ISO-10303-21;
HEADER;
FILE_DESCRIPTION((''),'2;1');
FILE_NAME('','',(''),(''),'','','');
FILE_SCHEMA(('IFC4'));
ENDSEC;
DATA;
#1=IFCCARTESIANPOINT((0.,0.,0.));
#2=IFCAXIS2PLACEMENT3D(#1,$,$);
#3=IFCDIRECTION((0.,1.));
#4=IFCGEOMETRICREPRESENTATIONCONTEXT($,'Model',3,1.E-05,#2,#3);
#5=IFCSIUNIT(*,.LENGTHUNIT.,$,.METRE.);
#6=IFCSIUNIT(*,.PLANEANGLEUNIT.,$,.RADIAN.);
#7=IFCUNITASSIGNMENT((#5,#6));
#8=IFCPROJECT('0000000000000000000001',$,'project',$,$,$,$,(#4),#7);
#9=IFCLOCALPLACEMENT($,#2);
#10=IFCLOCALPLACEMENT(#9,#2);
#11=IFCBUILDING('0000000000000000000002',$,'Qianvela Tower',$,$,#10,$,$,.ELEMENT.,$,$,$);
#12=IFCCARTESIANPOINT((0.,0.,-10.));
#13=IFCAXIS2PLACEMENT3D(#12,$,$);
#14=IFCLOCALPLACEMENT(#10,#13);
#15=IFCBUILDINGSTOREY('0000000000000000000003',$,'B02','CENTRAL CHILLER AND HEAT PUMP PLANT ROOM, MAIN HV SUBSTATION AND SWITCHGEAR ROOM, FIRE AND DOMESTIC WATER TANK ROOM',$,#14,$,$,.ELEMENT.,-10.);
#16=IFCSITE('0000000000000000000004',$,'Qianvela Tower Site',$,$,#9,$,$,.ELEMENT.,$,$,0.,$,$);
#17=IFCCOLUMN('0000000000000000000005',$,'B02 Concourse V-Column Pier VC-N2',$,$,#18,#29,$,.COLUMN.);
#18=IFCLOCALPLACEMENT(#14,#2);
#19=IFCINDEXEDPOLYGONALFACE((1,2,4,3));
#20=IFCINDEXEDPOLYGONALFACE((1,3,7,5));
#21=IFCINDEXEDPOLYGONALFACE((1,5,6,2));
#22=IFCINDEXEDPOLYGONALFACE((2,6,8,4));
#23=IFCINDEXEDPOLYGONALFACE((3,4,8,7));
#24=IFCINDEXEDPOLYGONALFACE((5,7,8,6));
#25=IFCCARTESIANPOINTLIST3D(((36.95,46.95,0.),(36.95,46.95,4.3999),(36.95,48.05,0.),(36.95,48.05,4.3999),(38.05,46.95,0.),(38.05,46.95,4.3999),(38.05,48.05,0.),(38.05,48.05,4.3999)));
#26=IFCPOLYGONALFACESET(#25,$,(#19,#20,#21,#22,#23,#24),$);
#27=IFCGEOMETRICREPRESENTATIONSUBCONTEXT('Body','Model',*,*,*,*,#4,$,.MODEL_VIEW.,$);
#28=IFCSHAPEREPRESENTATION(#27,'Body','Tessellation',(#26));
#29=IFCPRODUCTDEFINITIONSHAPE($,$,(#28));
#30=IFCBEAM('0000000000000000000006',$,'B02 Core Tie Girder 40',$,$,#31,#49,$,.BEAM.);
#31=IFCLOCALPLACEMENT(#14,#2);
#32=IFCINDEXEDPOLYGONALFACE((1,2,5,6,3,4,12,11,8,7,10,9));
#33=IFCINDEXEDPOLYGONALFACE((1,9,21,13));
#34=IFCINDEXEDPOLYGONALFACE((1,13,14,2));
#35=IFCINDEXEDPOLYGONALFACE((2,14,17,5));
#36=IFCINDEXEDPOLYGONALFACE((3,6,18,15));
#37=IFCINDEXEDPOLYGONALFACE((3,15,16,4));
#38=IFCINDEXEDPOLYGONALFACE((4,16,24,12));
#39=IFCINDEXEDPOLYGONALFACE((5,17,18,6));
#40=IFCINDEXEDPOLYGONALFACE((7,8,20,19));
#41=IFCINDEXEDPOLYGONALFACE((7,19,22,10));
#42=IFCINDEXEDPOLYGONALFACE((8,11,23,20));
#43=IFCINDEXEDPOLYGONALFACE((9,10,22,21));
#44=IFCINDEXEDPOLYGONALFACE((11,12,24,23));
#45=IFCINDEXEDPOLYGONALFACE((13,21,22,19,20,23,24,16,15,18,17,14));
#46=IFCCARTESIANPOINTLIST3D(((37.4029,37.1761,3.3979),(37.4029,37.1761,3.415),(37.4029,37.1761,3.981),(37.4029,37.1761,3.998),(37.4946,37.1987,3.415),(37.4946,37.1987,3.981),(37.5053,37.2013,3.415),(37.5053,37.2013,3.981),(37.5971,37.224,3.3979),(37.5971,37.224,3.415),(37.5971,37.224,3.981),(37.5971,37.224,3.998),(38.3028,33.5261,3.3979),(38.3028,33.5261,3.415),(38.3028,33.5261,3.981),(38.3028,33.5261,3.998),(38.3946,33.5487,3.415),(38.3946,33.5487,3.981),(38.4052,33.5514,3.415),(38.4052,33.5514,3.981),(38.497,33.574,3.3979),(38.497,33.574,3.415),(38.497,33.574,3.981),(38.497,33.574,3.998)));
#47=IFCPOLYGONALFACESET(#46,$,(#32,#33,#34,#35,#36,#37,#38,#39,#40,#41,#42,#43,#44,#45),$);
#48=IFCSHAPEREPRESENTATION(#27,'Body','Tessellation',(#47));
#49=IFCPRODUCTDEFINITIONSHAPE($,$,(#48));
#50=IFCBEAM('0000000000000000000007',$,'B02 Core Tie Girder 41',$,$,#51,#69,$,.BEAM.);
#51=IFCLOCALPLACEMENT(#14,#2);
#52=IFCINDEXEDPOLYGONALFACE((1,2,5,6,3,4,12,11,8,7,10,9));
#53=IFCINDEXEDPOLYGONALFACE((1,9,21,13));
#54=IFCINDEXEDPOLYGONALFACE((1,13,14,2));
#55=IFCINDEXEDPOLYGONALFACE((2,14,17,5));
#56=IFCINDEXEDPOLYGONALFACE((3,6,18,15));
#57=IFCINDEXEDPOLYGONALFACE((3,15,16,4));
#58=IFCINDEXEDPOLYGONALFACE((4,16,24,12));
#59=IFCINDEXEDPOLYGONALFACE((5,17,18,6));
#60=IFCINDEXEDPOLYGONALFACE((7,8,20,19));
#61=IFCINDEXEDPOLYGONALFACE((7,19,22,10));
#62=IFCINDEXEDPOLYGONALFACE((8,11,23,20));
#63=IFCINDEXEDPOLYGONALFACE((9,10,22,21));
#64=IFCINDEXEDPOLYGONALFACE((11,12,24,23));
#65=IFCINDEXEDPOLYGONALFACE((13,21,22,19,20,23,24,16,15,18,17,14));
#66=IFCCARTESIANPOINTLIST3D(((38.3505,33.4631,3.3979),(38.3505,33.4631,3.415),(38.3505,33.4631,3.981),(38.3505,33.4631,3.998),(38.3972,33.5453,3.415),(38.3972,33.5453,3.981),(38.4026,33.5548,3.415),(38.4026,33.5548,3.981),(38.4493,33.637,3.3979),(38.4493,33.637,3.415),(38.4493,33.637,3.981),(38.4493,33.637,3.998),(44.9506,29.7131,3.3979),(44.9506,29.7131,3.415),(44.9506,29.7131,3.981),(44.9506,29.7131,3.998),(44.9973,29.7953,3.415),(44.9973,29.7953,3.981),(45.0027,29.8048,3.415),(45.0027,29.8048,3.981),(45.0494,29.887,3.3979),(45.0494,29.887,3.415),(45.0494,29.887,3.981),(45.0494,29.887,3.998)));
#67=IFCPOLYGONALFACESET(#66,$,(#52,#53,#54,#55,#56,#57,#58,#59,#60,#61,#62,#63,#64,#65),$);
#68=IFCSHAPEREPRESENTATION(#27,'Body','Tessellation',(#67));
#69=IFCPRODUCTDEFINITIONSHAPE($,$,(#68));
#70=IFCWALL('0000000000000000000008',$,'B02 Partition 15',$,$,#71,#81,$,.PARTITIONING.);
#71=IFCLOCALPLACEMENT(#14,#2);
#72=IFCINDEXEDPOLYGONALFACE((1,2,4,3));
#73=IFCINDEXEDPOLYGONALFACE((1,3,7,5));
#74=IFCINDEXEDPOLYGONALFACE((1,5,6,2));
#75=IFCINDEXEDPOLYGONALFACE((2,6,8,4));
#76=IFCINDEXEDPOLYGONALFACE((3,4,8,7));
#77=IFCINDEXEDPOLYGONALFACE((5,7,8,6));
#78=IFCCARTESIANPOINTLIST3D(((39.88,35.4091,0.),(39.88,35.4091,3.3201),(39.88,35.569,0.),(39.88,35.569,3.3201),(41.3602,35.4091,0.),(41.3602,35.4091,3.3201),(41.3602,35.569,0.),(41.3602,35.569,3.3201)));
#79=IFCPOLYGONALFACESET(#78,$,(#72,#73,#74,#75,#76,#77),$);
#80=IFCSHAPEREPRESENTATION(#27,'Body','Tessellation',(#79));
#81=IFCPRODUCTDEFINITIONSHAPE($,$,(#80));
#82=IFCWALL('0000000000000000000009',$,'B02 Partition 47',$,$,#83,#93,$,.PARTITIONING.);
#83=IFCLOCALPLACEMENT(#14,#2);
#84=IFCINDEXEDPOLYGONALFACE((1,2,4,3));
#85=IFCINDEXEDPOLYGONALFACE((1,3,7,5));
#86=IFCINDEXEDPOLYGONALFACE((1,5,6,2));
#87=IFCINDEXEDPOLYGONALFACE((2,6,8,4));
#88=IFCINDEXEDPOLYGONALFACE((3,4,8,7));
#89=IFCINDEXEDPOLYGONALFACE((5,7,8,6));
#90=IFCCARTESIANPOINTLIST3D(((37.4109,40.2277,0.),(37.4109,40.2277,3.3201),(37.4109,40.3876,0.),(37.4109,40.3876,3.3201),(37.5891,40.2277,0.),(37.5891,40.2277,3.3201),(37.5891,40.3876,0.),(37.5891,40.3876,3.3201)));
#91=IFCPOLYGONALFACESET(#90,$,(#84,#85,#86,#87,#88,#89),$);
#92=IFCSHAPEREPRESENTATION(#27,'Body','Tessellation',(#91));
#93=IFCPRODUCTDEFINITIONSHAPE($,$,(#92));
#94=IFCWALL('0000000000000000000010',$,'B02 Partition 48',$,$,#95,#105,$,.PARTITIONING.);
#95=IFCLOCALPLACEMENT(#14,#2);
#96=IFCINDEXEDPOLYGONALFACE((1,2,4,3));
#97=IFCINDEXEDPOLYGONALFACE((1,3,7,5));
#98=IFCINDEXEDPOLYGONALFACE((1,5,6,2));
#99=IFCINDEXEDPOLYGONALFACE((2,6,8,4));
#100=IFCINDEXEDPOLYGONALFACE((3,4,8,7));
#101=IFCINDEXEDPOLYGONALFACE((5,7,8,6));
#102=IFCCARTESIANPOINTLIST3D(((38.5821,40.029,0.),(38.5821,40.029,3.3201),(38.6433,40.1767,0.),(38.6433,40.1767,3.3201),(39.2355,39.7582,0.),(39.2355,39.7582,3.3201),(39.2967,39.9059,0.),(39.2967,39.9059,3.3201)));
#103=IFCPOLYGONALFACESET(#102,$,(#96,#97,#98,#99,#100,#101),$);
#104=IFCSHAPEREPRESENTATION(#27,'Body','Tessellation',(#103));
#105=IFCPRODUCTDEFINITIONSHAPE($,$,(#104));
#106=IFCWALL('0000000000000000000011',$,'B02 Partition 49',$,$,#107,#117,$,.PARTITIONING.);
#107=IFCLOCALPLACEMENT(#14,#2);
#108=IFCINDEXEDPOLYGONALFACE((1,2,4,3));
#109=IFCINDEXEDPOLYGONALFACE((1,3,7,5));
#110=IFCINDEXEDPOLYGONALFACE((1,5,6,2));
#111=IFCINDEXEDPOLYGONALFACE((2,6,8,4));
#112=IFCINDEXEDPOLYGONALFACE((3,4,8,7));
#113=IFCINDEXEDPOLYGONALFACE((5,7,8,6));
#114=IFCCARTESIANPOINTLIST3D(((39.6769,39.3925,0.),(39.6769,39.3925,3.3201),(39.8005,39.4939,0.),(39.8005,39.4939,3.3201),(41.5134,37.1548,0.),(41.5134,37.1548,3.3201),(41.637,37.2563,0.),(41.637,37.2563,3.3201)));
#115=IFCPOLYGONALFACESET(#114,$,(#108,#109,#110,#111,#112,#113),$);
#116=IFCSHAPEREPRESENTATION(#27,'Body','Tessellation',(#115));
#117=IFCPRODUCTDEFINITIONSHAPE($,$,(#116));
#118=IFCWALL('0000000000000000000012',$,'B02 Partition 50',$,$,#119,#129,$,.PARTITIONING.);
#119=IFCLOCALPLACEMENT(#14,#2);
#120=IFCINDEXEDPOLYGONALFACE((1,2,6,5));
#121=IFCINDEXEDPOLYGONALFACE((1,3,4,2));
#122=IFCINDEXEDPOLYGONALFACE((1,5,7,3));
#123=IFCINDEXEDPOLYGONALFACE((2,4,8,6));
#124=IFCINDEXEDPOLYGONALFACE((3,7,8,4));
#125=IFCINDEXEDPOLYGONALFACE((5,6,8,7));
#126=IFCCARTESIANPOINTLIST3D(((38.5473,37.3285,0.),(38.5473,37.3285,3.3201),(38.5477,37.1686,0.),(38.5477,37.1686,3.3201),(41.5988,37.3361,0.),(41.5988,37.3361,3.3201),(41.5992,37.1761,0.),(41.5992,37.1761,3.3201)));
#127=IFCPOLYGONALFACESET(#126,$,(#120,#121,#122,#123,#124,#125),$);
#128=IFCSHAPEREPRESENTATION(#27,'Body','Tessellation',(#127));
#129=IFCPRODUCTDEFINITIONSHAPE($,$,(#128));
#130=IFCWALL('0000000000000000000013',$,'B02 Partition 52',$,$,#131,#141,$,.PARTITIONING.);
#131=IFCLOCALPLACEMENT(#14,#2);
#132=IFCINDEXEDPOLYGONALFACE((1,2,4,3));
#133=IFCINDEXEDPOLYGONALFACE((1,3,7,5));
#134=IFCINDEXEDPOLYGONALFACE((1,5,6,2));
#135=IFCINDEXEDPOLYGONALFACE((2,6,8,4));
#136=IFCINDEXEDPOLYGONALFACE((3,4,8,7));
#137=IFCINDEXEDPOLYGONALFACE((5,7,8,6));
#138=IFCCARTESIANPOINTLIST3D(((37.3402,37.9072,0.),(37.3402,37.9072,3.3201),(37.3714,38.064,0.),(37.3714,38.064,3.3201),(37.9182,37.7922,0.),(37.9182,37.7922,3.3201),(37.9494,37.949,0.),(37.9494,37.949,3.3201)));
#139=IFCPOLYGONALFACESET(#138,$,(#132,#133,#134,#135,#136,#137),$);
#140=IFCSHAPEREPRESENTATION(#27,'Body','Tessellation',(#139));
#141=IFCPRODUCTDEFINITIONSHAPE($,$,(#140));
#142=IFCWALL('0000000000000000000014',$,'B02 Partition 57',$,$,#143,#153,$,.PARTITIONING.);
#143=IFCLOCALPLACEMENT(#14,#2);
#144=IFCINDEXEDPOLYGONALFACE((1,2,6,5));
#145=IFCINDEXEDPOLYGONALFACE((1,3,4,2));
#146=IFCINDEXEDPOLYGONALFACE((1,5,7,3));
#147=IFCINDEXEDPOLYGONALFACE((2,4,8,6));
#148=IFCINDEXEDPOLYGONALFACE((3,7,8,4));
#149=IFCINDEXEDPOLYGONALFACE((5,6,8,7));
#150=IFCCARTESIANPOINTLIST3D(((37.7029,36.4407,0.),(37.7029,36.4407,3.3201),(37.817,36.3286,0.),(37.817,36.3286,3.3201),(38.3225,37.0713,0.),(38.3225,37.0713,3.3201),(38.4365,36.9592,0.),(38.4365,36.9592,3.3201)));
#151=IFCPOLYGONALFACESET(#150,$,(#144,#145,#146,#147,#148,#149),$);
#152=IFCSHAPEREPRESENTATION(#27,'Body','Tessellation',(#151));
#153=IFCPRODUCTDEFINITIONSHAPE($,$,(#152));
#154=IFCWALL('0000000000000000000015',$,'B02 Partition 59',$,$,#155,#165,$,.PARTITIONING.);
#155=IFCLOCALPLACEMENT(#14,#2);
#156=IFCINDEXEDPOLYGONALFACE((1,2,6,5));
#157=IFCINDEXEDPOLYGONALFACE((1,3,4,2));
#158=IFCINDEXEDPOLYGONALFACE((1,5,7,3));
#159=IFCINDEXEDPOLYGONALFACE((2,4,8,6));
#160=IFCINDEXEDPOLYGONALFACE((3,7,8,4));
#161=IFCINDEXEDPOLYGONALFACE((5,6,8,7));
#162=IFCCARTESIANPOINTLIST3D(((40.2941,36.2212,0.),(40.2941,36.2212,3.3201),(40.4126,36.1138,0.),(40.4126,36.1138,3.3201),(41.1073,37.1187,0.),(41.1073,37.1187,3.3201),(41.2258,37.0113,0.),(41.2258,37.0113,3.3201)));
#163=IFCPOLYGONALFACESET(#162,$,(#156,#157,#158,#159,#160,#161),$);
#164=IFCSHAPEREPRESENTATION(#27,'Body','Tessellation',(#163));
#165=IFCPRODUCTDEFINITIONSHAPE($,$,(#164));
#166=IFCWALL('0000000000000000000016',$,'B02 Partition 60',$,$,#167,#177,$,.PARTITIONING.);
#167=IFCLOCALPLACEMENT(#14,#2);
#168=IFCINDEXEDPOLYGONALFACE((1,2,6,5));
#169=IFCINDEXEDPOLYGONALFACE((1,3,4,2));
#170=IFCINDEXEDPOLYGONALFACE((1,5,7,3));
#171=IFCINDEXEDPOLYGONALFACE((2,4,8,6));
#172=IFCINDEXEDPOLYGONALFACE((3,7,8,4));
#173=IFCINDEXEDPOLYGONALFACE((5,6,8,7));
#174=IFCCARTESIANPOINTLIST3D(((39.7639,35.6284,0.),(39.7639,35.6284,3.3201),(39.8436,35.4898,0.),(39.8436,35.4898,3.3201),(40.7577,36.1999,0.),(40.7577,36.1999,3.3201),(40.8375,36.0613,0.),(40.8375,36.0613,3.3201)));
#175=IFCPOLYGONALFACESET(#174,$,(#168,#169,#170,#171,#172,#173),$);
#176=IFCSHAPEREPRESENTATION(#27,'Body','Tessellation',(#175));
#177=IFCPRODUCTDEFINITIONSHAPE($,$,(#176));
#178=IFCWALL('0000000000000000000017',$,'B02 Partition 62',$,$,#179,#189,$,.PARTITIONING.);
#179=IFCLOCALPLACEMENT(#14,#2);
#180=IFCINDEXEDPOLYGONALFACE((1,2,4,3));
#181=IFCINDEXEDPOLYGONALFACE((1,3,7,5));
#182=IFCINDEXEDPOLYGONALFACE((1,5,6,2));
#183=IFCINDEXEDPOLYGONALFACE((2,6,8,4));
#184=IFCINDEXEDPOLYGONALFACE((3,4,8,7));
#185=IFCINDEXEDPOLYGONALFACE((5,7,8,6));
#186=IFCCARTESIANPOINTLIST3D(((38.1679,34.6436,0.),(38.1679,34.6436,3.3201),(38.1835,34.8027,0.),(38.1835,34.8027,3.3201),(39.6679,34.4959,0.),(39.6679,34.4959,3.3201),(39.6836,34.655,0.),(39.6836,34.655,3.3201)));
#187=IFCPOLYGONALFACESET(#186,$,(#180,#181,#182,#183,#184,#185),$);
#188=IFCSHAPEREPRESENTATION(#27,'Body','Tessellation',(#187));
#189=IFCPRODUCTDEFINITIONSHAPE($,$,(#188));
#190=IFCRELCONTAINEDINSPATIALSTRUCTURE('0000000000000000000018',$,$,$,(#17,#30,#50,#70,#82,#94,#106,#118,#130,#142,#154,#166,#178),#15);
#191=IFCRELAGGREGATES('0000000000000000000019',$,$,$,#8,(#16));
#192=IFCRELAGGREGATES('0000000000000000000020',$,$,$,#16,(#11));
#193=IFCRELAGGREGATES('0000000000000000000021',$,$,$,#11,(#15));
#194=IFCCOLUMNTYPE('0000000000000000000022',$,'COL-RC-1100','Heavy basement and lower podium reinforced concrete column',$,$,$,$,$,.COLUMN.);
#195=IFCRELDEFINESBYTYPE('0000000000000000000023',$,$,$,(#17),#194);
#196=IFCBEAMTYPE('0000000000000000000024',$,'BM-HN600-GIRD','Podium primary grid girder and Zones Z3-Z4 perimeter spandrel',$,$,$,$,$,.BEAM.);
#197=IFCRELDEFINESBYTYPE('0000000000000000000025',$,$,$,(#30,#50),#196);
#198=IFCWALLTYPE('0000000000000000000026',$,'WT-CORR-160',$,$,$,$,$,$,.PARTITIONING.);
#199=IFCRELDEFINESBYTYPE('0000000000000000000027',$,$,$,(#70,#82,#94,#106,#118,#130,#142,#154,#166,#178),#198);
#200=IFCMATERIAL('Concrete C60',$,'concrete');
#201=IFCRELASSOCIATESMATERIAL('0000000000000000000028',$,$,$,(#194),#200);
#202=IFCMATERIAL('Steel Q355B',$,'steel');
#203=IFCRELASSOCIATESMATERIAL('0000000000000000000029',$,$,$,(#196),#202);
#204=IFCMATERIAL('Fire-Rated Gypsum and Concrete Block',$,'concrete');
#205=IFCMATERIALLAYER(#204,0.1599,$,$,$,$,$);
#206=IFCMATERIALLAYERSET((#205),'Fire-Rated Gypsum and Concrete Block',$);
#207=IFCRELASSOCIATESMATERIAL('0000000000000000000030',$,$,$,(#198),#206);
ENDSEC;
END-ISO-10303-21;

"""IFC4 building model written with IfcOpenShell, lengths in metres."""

from ifc_helpers import new_model, si_unit, direction, frame, frame_2d, origin, origin_2d, place, context, subcontext, project, spatial, rectangle, i_section, extrude, material, layer, layer_set, material_profile, profile_set, type_object, element, save


model = new_model("IFC4")

# Units and contexts
model_context = context("Model", 3, precision=1e-05, world=origin(), true_north=direction((0.0, 1.0)))
body_context = subcontext(model_context, "Body", "Model", "MODEL_VIEW")
ifc_project = project(units=[si_unit("LENGTHUNIT", "METRE"), si_unit("PLANEANGLEUNIT", "RADIAN")], contexts=[model_context])

# Site, building, storey
site_placement = place(None, origin())
site = spatial("IfcSite", under=ifc_project, at=site_placement, Name="Qianvela Tower Site", CompositionType="ELEMENT", RefElevation=0.0)
building_placement = place(site_placement, origin())
building = spatial("IfcBuilding", under=site, at=building_placement, Name="Qianvela Tower", CompositionType="ELEMENT")
storey_placement = place(building_placement, frame((0.0, 0.0, -10.0)))
storey = spatial("IfcBuildingStorey", under=building, at=storey_placement, Name="B02", Description="CENTRAL CHILLER AND HEAT PUMP PLANT ROOM, MAIN HV SUBSTATION AND SWITCHGEAR ROOM, FIRE AND DOMESTIC WATER TANK ROOM", CompositionType="ELEMENT", Elevation=-10.0)

# Column
ifc_material_1 = material(Name="Concrete C60", Category="concrete")
ifc_material_profile_1 = material_profile(ifc_material_1, rectangle(XDim=1.1001, YDim=1.1001, at=origin_2d()), Name="RC-COL-1100x1100")
ifc_profile_set_1 = profile_set([ifc_material_profile_1], Name="Concrete C60")
column_type_1 = type_object("IfcColumnType", Name="COL-RC-1100", Description="Heavy basement and lower podium reinforced concrete column", PredefinedType="COLUMN", material=ifc_profile_set_1)
for number, where, z_axis, x_axis, name in (
    (1, (37.5, 47.5, 0.0), (0.0, 0.0, 1.0), (1.0, 0.0, 0.0), "B02 Concourse V-Column Pier VC-N2"),
):
    element("IfcColumn", number, at=place(storey_placement, frame(where, z_axis=z_axis, x_axis=x_axis)), inside=storey, type_object=column_type_1, Name=name, PredefinedType="COLUMN", context=body_context, shape_type="SweptSolid", body=[
        extrude(rectangle(XDim=1.1001, YDim=1.1001, at=origin_2d()), origin(), (0.0, 0.0, 1.0), 4.3999),
    ])

# Beams
ifc_material_2 = material(Name="Steel Q355B", Category="steel")
ifc_material_profile_2 = material_profile(ifc_material_2, i_section(OverallWidth=0.2, OverallDepth=0.6001, WebThickness=0.011, FlangeThickness=0.0171, at=origin_2d()), Name="HN600x200x11x17")
ifc_profile_set_2 = profile_set([ifc_material_profile_2], Name="Steel Q355B")
beam_type = type_object("IfcBeamType", Name="BM-HN600-GIRD", Description="Podium primary grid girder and Zones Z3-Z4 perimeter spandrel", PredefinedType="BEAM", material=ifc_profile_set_2)
beam_1_placement = place(storey_placement, frame((38.3999, 33.55, 3.698), z_axis=(-0.239386, 0.970924, 0.0), x_axis=(-0.970924, -0.239386, 0.0)))
element("IfcBeam", 2, at=beam_1_placement, inside=storey, type_object=beam_type, Name="B02 Core Tie Girder 40", PredefinedType="BEAM", context=body_context, shape_type="SweptSolid", body=[
    extrude(i_section(OverallWidth=0.2, OverallDepth=0.6001, WebThickness=0.011, FlangeThickness=0.0171, at=origin_2d()), origin(), (0.0, 0.0, 1.0), 3.7593),
])
beam_2_placement = place(storey_placement, frame((38.3999, 33.55, 3.698), z_axis=(0.86946, -0.494004, 0.0), x_axis=(0.494004, 0.86946, 0.0)))
element("IfcBeam", 3, at=beam_2_placement, inside=storey, type_object=beam_type, Name="B02 Core Tie Girder 41", PredefinedType="BEAM", context=body_context, shape_type="SweptSolid", body=[
    extrude(i_section(OverallWidth=0.2, OverallDepth=0.6001, WebThickness=0.011, FlangeThickness=0.0171, at=origin_2d()), origin(), (0.0, 0.0, 1.0), 7.5911),
])

# Walls
ifc_material_3 = material(Name="Fire-Rated Gypsum and Concrete Block", Category="concrete")
ifc_layer_1 = layer(ifc_material_3, 0.1599)
ifc_layer_set_1 = layer_set([ifc_layer_1], Name="Fire-Rated Gypsum and Concrete Block")
wall_type_1 = type_object("IfcWallType", Name="WT-CORR-160", PredefinedType="PARTITIONING", material=ifc_layer_set_1)
wall_1_placement = place(storey_placement, frame((39.8799, 35.489, 0.0), z_axis=(0.0, 0.0, 1.0), x_axis=(1.0, 0.0, 0.0)))
element("IfcWall", 4, at=wall_1_placement, inside=storey, type_object=wall_type_1, Name="B02 Partition 15", PredefinedType="PARTITIONING", context=body_context, shape_type="SweptSolid", body=[
    extrude(rectangle(XDim=1.4802, YDim=0.1599, at=frame_2d((0.7402, 0.0))), origin(), (0.0, 0.0, 1.0), 3.3201),
])
wall_2_placement = place(storey_placement, frame((37.4109, 40.3076, 0.0), z_axis=(0.0, 0.0, 1.0), x_axis=(1.0, 0.0, 0.0)))
element("IfcWall", 5, at=wall_2_placement, inside=storey, type_object=wall_type_1, Name="B02 Partition 47", PredefinedType="PARTITIONING", context=body_context, shape_type="SweptSolid", body=[
    extrude(rectangle(XDim=0.1782, YDim=0.1599, at=frame_2d((0.0891, 0.0))), origin(), (0.0, 0.0, 1.0), 3.3201),
])
wall_3_placement = place(storey_placement, frame((38.6128, 40.1028, 0.0), z_axis=(0.0, 0.0, 1.0), x_axis=(0.923811, -0.38285, 0.0)))
element("IfcWall", 6, at=wall_3_placement, inside=storey, type_object=wall_type_1, Name="B02 Partition 48", PredefinedType="PARTITIONING", context=body_context, shape_type="SweptSolid", body=[
    extrude(rectangle(XDim=0.7073, YDim=0.1599, at=frame_2d((0.3535, 0.0))), origin(), (0.0, 0.0, 1.0), 3.3201),
])
wall_4_placement = place(storey_placement, frame((39.7388, 39.4431, 0.0), z_axis=(0.0, 0.0, 1.0), x_axis=(0.634417, -0.772991, 0.0)))
element("IfcWall", 7, at=wall_4_placement, inside=storey, type_object=wall_type_1, Name="B02 Partition 49", PredefinedType="PARTITIONING", context=body_context, shape_type="SweptSolid", body=[
    extrude(rectangle(XDim=2.8948, YDim=0.1599, at=frame_2d((1.4473, 0.0))), origin(), (0.0, 0.0, 1.0), 3.3201),
])
wall_5_placement = place(storey_placement, frame((41.5991, 37.2561, 0.0), z_axis=(0.0, 0.0, 1.0), x_axis=(-0.999997, -0.00248, 0.0)))
element("IfcWall", 8, at=wall_5_placement, inside=storey, type_object=wall_type_1, Name="B02 Partition 50", PredefinedType="PARTITIONING", context=body_context, shape_type="SweptSolid", body=[
    extrude(rectangle(XDim=3.0515, YDim=0.1599, at=frame_2d((1.5259, 0.0))), origin(), (0.0, 0.0, 1.0), 3.3201),
])
wall_6_placement = place(storey_placement, frame((37.9338, 37.8706, 0.0), z_axis=(0.0, 0.0, 1.0), x_axis=(-0.980787, 0.195081, 0.0)))
element("IfcWall", 9, at=wall_6_placement, inside=storey, type_object=wall_type_1, Name="B02 Partition 52", PredefinedType="PARTITIONING", context=body_context, shape_type="SweptSolid", body=[
    extrude(rectangle(XDim=0.5894, YDim=0.1599, at=frame_2d((0.2947, 0.0))), origin(), (0.0, 0.0, 1.0), 3.3201),
])
wall_7_placement = place(storey_placement, frame((37.76, 36.3848, 0.0), z_axis=(0.0, 0.0, 1.0), x_axis=(0.700866, 0.713293, 0.0)))
element("IfcWall", 10, at=wall_7_placement, inside=storey, type_object=wall_type_1, Name="B02 Partition 57", PredefinedType="PARTITIONING", context=body_context, shape_type="SweptSolid", body=[
    extrude(rectangle(XDim=0.884, YDim=0.1599, at=frame_2d((0.4419, 0.0))), origin(), (0.0, 0.0, 1.0), 3.3201),
])
wall_8_placement = place(storey_placement, frame((41.1665, 37.0649, 0.0), z_axis=(0.0, 0.0, 1.0), x_axis=(-0.671478, -0.741025, 0.0)))
element("IfcWall", 11, at=wall_8_placement, inside=storey, type_object=wall_type_1, Name="B02 Partition 59", PredefinedType="PARTITIONING", context=body_context, shape_type="SweptSolid", body=[
    extrude(rectangle(XDim=1.2112, YDim=0.1599, at=frame_2d((0.6055, 0.0))), origin(), (0.0, 0.0, 1.0), 3.3201),
])
wall_9_placement = place(storey_placement, frame((40.7976, 36.1306, 0.0), z_axis=(0.0, 0.0, 1.0), x_axis=(-0.86689, -0.498499, 0.0)))
element("IfcWall", 12, at=wall_9_placement, inside=storey, type_object=wall_type_1, Name="B02 Partition 60", PredefinedType="PARTITIONING", context=body_context, shape_type="SweptSolid", body=[
    extrude(rectangle(XDim=1.1465, YDim=0.1599, at=frame_2d((0.5732, 0.0))), origin(), (0.0, 0.0, 1.0), 3.3201),
])
wall_10_placement = place(storey_placement, frame((39.6758, 34.5754, 0.0), z_axis=(0.0, 0.0, 1.0), x_axis=(-0.995187, 0.097996, 0.0)))
element("IfcWall", 13, at=wall_10_placement, inside=storey, type_object=wall_type_1, Name="B02 Partition 62", PredefinedType="PARTITIONING", context=body_context, shape_type="SweptSolid", body=[
    extrude(rectangle(XDim=1.5073, YDim=0.1599, at=frame_2d((0.7537, 0.0))), origin(), (0.0, 0.0, 1.0), 3.3201),
])

save(model, "model.ifc")
